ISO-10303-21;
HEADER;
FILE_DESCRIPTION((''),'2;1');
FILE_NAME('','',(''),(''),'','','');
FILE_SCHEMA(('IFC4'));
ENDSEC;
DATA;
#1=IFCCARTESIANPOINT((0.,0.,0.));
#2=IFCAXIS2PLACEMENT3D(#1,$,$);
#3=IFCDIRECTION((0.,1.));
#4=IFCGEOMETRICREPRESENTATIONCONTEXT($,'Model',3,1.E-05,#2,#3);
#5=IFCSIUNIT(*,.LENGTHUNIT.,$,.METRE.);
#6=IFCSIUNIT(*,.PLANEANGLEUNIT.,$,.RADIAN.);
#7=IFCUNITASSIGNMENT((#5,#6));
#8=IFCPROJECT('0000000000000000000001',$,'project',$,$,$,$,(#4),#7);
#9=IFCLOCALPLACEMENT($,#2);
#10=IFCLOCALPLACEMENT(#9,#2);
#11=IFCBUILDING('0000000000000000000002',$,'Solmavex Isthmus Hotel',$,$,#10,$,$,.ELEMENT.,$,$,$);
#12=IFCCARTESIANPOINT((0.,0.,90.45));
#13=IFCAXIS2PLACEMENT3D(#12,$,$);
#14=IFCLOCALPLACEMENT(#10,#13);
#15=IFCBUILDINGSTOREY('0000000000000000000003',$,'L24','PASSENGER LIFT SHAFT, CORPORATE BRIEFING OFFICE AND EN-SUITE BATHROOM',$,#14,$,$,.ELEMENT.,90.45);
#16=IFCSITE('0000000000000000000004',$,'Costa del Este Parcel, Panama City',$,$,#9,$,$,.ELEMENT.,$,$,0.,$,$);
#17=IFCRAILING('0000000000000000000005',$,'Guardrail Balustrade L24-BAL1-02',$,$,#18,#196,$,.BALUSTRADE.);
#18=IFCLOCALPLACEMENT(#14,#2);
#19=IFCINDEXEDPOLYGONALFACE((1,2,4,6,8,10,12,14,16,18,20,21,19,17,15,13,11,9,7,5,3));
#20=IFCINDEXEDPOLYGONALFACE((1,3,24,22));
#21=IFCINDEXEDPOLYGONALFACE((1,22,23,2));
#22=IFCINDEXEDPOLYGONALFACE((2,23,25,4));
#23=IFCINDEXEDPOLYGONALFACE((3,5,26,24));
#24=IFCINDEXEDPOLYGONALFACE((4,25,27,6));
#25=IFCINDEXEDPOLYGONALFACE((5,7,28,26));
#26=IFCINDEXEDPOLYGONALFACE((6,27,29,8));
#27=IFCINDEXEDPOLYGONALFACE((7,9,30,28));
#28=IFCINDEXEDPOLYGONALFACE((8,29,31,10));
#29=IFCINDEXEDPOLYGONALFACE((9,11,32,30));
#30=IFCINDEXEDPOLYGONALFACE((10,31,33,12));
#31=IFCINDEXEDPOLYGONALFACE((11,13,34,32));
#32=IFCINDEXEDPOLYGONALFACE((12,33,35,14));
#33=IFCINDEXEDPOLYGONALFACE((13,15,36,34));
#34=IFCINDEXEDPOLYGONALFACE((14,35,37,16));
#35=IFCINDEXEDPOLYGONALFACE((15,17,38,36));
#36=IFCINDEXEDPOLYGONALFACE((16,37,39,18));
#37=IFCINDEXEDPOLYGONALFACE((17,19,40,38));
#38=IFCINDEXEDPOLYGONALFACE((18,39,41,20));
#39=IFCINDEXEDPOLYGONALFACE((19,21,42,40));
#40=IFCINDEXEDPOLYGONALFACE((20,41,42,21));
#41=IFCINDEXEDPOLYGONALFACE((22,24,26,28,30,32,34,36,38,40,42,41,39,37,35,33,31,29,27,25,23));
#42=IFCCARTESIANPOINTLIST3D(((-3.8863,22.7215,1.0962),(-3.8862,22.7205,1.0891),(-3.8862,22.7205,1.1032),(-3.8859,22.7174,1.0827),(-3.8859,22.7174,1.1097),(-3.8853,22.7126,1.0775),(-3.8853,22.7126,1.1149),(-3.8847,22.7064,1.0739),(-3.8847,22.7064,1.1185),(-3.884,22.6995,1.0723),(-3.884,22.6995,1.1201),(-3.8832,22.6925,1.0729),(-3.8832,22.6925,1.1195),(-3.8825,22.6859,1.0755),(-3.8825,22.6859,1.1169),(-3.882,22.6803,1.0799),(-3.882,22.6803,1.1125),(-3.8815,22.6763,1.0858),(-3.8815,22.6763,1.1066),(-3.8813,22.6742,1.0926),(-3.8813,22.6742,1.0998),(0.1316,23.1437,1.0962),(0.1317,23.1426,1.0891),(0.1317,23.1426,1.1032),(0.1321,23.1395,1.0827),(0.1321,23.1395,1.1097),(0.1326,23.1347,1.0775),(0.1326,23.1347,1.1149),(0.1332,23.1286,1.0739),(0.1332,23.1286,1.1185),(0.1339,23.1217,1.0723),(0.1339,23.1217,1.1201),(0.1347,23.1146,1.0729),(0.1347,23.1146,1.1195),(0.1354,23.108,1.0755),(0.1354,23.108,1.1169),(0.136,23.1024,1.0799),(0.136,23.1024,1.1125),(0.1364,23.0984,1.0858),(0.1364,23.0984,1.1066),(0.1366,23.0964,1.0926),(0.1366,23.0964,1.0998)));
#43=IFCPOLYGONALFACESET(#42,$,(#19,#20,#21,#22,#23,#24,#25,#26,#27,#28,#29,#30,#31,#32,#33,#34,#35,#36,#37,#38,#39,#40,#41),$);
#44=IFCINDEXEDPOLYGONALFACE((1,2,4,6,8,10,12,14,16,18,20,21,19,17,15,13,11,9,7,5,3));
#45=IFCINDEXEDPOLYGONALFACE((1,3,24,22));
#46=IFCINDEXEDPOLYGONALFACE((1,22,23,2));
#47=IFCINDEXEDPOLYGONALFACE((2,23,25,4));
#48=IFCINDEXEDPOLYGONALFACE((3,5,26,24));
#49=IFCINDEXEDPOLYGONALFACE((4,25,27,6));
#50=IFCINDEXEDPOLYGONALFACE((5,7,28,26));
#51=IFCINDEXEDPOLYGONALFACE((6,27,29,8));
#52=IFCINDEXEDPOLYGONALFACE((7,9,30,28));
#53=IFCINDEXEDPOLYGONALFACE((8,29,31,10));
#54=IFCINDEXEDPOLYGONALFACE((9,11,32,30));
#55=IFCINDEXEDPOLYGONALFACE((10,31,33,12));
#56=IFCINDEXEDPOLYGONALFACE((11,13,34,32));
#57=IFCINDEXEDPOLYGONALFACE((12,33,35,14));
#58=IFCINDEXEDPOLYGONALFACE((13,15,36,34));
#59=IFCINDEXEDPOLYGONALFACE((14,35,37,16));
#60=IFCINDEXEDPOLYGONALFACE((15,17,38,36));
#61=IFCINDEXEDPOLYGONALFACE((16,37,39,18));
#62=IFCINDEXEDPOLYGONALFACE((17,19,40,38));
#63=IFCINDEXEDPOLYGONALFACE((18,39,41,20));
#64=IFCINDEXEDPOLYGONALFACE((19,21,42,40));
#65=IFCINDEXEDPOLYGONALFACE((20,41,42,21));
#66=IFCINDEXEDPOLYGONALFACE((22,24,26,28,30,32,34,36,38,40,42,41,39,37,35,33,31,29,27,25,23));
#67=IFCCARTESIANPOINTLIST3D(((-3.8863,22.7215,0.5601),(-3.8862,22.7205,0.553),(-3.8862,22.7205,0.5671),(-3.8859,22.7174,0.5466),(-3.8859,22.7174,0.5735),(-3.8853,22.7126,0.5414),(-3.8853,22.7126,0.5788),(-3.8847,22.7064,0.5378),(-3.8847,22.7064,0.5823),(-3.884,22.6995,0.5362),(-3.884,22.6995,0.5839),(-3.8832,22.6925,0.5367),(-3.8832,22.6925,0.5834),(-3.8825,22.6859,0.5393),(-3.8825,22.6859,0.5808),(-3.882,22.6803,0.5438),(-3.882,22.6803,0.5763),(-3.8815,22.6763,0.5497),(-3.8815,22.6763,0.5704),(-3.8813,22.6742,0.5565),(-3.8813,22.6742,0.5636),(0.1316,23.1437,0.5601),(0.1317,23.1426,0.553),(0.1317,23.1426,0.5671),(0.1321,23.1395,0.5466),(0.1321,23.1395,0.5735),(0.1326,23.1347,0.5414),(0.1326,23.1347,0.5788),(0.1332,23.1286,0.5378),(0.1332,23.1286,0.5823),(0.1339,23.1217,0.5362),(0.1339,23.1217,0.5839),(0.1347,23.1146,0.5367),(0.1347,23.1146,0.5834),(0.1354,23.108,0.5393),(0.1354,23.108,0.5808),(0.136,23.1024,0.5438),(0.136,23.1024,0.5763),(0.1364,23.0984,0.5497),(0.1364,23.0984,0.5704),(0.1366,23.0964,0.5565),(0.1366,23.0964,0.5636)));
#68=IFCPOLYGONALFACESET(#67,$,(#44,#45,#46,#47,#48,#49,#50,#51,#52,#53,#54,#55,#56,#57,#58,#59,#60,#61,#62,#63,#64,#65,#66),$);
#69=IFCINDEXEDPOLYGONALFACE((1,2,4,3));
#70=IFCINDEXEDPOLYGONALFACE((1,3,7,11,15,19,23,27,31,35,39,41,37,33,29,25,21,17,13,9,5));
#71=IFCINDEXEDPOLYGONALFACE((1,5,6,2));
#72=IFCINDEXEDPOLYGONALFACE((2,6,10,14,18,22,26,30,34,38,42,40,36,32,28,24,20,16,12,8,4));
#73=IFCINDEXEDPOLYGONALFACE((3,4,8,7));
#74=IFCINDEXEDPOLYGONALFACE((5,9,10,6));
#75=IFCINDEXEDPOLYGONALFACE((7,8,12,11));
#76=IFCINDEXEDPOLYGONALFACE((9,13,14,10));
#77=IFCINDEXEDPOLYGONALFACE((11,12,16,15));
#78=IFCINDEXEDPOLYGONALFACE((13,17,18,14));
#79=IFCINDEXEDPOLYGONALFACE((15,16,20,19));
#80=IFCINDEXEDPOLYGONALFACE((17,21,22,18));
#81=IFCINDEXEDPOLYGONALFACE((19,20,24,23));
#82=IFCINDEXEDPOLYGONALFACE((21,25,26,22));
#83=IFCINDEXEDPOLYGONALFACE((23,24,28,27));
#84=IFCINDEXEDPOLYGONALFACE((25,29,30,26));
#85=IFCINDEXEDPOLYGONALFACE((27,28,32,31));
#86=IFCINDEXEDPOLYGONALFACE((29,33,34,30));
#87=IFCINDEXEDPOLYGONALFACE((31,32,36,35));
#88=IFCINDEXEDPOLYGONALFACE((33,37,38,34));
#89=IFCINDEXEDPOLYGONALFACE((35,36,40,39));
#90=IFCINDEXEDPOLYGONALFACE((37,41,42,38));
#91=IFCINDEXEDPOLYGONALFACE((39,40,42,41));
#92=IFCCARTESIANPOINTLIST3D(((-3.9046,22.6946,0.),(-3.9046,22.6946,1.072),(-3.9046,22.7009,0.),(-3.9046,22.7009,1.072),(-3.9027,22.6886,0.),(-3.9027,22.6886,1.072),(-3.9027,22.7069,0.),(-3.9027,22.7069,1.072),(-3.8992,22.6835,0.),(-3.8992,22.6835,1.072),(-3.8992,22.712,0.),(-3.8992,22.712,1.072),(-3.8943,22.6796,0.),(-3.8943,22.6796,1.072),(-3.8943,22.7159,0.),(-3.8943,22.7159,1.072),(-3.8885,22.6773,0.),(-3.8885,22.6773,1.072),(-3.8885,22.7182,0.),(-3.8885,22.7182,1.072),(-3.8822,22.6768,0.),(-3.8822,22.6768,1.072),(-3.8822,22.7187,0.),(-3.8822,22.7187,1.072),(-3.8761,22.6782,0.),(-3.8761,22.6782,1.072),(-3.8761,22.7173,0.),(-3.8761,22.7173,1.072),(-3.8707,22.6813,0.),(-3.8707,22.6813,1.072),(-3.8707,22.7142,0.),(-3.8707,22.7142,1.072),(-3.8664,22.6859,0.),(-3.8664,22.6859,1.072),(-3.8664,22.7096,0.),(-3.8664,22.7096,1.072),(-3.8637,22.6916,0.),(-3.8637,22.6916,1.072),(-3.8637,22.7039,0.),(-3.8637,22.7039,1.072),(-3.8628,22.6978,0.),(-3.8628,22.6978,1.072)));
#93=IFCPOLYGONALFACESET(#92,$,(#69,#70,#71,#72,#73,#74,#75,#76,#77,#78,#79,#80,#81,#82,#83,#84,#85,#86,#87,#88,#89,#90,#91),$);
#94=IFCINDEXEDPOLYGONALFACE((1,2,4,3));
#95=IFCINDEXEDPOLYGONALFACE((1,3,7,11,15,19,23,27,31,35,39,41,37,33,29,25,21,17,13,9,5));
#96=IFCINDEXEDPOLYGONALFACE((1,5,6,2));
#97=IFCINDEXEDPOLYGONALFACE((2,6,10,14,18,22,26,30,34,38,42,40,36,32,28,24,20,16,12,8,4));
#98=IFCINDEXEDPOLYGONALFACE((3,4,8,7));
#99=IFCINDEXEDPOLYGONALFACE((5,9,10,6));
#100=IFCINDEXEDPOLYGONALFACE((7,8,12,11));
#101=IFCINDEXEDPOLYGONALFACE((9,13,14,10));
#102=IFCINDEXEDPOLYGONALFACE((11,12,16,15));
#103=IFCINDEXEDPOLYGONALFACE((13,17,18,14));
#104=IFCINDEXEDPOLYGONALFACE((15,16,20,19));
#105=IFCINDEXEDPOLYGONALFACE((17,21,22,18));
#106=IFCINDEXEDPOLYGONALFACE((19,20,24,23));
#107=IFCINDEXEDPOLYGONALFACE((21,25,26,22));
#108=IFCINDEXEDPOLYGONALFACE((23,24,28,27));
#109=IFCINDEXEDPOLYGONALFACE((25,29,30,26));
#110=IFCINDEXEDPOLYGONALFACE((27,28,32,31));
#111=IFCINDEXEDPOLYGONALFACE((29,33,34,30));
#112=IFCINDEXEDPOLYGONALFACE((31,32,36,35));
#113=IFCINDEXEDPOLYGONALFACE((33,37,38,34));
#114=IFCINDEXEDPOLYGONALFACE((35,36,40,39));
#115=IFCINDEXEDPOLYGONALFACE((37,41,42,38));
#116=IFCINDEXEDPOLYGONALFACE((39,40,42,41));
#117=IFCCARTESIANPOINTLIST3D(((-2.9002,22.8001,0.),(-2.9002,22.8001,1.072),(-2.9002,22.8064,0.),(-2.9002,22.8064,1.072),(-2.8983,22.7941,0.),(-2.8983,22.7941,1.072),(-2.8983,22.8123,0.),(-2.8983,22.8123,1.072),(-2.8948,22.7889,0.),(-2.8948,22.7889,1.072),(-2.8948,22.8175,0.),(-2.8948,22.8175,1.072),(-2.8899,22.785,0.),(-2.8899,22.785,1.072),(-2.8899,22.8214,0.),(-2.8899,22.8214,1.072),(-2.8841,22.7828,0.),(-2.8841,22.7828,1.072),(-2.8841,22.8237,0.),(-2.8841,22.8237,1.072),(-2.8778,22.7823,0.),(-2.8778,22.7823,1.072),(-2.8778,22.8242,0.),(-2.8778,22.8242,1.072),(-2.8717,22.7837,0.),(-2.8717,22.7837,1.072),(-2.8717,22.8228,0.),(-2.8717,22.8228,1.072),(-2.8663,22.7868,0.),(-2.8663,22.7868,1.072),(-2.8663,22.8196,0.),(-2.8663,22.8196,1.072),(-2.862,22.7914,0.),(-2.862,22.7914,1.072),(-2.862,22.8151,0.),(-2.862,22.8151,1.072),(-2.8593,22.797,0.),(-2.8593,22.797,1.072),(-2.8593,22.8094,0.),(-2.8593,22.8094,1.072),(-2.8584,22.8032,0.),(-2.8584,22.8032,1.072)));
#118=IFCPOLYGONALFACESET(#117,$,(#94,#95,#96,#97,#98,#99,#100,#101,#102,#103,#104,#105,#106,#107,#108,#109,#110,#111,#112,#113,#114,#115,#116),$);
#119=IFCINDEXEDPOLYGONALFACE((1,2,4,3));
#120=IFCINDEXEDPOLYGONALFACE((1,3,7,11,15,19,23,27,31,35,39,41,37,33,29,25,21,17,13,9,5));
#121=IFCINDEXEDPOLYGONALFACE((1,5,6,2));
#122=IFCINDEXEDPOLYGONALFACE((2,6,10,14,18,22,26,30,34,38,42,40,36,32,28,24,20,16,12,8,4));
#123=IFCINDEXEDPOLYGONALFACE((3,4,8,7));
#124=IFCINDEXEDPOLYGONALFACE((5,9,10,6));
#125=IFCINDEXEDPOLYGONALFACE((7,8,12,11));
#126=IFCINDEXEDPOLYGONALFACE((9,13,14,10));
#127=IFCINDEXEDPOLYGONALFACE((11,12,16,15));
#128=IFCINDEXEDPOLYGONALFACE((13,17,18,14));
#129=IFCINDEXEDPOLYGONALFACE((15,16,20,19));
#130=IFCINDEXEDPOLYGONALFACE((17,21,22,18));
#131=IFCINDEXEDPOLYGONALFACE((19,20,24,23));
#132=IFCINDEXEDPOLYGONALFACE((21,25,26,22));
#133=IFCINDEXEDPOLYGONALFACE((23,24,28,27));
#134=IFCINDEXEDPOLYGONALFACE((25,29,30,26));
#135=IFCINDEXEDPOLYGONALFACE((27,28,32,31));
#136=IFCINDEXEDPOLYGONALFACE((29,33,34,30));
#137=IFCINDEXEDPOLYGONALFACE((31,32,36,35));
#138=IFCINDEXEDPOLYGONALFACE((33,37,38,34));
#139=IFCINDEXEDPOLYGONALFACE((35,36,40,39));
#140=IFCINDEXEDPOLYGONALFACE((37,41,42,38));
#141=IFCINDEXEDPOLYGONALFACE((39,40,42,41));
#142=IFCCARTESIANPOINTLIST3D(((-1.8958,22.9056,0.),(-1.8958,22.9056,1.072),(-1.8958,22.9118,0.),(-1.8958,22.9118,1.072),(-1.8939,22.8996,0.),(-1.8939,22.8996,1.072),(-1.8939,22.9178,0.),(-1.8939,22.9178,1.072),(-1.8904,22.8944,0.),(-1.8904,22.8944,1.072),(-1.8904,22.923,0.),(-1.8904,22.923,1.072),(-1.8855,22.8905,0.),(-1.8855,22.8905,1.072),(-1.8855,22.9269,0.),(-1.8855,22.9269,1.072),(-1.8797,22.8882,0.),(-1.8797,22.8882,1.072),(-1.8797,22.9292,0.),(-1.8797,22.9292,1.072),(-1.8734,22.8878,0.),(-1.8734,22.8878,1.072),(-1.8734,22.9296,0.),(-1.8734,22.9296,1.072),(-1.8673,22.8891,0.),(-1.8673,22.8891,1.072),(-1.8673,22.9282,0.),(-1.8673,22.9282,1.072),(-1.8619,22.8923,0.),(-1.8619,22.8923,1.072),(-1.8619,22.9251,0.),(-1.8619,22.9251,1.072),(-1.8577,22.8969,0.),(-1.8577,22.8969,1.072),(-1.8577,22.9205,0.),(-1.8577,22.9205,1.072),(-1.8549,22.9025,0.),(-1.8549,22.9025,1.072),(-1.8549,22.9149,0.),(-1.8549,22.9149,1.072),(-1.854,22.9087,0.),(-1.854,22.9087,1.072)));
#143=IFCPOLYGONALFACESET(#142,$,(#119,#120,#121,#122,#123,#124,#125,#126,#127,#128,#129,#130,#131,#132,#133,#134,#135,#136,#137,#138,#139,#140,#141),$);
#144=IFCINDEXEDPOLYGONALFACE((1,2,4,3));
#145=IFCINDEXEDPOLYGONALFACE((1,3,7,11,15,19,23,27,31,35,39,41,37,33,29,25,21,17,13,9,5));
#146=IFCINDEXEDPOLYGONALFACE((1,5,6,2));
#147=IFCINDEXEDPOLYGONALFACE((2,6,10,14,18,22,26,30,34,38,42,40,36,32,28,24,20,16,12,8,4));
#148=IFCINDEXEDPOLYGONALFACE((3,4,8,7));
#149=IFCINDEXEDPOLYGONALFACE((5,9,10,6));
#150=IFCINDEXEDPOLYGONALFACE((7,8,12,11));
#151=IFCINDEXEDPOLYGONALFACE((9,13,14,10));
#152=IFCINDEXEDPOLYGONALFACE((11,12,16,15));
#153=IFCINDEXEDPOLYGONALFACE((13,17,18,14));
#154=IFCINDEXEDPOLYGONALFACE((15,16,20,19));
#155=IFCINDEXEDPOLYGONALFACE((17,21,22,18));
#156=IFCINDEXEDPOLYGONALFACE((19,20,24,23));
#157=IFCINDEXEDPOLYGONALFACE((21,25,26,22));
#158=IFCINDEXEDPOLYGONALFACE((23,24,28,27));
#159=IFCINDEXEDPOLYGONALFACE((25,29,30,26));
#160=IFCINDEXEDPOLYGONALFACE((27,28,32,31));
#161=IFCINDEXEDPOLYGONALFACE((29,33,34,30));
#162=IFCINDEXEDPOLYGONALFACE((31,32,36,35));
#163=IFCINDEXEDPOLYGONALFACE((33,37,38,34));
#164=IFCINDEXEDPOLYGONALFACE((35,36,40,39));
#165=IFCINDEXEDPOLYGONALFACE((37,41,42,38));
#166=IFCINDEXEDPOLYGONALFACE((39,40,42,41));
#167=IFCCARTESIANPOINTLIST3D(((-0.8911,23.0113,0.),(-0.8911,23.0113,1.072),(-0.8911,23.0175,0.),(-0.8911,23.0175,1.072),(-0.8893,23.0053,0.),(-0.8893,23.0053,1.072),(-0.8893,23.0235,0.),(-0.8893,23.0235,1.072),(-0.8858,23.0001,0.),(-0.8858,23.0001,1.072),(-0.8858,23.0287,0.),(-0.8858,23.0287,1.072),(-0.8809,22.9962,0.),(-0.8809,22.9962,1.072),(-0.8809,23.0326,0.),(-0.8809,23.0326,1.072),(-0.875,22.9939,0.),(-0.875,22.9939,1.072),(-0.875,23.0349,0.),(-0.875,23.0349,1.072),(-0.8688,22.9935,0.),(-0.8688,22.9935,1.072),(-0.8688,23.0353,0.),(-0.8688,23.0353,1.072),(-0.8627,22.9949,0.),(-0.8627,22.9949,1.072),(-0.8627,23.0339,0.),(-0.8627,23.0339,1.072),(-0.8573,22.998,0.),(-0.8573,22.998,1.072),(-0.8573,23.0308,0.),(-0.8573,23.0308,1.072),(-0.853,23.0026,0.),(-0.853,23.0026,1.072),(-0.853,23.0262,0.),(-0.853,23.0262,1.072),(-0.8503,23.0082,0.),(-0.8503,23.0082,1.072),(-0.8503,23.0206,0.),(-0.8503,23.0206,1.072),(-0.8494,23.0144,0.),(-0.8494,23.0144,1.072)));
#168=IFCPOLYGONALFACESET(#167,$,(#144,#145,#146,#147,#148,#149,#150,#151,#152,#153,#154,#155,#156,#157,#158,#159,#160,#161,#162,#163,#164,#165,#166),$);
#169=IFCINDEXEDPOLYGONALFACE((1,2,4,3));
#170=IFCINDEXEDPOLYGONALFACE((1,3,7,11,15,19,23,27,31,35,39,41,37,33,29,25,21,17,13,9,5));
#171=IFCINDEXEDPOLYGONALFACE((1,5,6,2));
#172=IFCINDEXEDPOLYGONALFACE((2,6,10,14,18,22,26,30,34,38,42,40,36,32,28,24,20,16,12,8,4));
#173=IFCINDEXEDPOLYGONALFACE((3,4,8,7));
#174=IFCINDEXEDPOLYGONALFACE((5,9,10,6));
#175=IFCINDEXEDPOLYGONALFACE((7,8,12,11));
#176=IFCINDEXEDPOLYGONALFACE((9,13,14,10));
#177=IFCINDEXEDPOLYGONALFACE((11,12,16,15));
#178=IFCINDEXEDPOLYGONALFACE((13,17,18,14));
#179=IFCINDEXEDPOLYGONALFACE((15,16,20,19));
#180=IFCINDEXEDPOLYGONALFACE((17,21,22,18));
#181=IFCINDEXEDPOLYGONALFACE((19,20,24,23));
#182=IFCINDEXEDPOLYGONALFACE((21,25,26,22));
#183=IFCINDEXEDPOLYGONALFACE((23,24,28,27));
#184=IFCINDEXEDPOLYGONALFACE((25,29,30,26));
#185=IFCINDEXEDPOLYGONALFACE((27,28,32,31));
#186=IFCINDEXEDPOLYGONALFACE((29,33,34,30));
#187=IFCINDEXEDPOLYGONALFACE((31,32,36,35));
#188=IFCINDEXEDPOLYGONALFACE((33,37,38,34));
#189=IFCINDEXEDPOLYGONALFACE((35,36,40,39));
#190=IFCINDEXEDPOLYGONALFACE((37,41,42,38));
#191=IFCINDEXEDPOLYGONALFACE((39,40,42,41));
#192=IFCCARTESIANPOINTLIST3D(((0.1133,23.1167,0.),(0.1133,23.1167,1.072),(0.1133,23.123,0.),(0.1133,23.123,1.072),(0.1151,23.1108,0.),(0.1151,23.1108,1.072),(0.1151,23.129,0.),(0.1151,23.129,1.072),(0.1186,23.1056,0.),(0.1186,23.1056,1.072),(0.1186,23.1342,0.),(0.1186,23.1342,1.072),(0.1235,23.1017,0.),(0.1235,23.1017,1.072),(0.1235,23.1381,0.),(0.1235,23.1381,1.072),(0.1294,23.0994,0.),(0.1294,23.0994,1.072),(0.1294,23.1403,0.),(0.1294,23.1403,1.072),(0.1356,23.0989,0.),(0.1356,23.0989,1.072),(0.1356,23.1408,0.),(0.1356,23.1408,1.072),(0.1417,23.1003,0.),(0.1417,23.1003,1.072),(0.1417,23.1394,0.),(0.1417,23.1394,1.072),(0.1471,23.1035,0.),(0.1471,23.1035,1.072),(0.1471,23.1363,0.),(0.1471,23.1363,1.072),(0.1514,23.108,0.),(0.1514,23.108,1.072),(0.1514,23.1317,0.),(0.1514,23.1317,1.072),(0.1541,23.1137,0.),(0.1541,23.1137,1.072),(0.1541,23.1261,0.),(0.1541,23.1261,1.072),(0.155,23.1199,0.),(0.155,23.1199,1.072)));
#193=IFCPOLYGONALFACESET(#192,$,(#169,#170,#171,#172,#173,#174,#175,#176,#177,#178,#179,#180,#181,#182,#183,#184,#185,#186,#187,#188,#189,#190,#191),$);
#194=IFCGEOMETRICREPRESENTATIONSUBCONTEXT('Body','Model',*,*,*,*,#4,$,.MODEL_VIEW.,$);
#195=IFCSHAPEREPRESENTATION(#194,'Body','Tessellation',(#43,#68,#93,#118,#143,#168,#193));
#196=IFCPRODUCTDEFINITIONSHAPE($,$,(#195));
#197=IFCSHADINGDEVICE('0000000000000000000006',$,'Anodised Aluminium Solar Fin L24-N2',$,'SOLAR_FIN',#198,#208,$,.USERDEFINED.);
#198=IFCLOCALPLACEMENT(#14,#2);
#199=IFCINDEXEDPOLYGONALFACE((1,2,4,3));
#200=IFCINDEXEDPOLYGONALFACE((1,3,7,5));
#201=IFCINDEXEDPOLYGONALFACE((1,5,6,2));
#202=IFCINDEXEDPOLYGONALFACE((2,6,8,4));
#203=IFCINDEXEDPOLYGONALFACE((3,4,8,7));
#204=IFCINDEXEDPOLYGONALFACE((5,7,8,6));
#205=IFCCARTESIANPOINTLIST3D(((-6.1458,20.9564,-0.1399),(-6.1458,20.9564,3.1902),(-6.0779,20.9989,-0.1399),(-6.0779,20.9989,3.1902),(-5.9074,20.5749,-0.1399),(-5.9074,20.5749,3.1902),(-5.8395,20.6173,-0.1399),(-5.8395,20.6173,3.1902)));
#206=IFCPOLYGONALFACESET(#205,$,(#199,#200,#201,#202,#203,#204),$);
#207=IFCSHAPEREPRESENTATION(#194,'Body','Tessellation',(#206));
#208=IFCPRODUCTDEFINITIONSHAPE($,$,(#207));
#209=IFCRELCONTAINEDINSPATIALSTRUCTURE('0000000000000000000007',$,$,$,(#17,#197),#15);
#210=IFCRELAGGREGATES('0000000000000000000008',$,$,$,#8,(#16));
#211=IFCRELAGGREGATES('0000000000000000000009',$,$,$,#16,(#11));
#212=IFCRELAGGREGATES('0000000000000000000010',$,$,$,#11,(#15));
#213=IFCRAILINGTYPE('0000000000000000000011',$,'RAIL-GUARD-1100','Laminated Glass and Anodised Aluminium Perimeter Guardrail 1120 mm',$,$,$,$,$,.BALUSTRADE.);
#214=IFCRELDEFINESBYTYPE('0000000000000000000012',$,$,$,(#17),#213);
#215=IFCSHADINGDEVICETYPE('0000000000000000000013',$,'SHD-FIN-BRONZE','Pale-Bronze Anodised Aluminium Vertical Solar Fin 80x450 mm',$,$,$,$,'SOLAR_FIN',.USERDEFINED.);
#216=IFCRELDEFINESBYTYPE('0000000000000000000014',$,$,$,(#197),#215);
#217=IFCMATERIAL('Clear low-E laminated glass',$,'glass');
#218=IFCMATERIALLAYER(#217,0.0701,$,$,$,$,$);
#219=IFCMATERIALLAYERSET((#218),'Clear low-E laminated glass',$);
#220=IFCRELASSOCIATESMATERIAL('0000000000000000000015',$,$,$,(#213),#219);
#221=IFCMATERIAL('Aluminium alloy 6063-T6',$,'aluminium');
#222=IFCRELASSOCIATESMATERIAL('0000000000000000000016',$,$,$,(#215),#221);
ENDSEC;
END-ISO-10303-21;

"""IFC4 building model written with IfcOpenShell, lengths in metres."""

from ifc_helpers import new_model, si_unit, direction, frame, origin, origin_2d, place, context, subcontext, project, spatial, rectangle, circle, extrude, material, layer, layer_set, type_object, element, save


model = new_model("IFC4")

# Units and contexts
model_context = context("Model", 3, precision=1e-05, world=origin(), true_north=direction((0.0, 1.0)))
body_context = subcontext(model_context, "Body", "Model", "MODEL_VIEW")
ifc_project = project(units=[si_unit("LENGTHUNIT", "METRE"), si_unit("PLANEANGLEUNIT", "RADIAN")], contexts=[model_context])

# Site, building, storey
site_placement = place(None, origin())
site = spatial("IfcSite", under=ifc_project, at=site_placement, Name="Costa del Este Parcel, Panama City", CompositionType="ELEMENT", RefElevation=0.0)
building_placement = place(site_placement, origin())
building = spatial("IfcBuilding", under=site, at=building_placement, Name="Solmavex Isthmus Hotel", CompositionType="ELEMENT")
storey_placement = place(building_placement, frame((0.0, 0.0, 90.45)))
storey = spatial("IfcBuildingStorey", under=building, at=storey_placement, Name="L24", Description="PASSENGER LIFT SHAFT, CORPORATE BRIEFING OFFICE AND EN-SUITE BATHROOM", CompositionType="ELEMENT", Elevation=90.45)

# Shared definitions
ifc_material_1 = material(Name="Aluminium alloy 6063-T6", Category="aluminium")

# Shared definitions
ifc_material_2 = material(Name="Clear low-E laminated glass", Category="glass")

# Railing
ifc_layer_1 = layer(ifc_material_2, 0.0701)
ifc_layer_set_1 = layer_set([ifc_layer_1], Name="Clear low-E laminated glass")
railing_type = type_object("IfcRailingType", Name="RAIL-GUARD-1100", Description="Laminated Glass and Anodised Aluminium Perimeter Guardrail 1120 mm", PredefinedType="BALUSTRADE", material=ifc_layer_set_1)
railing_1_placement = place(storey_placement, frame((-3.8838, 22.6978, 0.0)))
element("IfcRailing", 1, at=railing_1_placement, inside=storey, type_object=railing_type, Name="Guardrail Balustrade L24-BAL1-02", PredefinedType="BALUSTRADE", context=body_context, shape_type="SweptSolid", body=[
    extrude(circle(Radius=0.0239, at=origin_2d()), frame((0.0, 0.0, 1.0962), z_axis=(0.994526, 0.104487, 0.0), x_axis=(-0.104487, 0.994526, 0.0)), (0.0, 0.0, 1.0), 4.04),
    extrude(circle(Radius=0.0239, at=origin_2d()), frame((0.0, 0.0, 0.5601), z_axis=(0.994526, 0.104487, 0.0), x_axis=(-0.104487, 0.994526, 0.0)), (0.0, 0.0, 1.0), 4.04),
    extrude(circle(Radius=0.021, at=origin_2d()), origin(), (0.0, 0.0, 1.0), 1.072),
    extrude(circle(Radius=0.021, at=origin_2d()), frame((1.0044, 0.1055, 0.0)), (0.0, 0.0, 1.0), 1.072),
    extrude(circle(Radius=0.021, at=origin_2d()), frame((2.0088, 0.2109, 0.0)), (0.0, 0.0, 1.0), 1.072),
    extrude(circle(Radius=0.021, at=origin_2d()), frame((3.0134, 0.3167, 0.0)), (0.0, 0.0, 1.0), 1.072),
    extrude(circle(Radius=0.021, at=origin_2d()), frame((4.0178, 0.4221, 0.0)), (0.0, 0.0, 1.0), 1.072),
])

# Shading device
shading_device_type = type_object("IfcShadingDeviceType", Name="SHD-FIN-BRONZE", Description="Pale-Bronze Anodised Aluminium Vertical Solar Fin 80x450 mm", ElementType="SOLAR_FIN", PredefinedType="USERDEFINED", material=ifc_material_1)
shading_device_placement = place(storey_placement, frame((-5.9927, 20.7869, -0.1399), z_axis=(0.0, 0.0, 1.0), x_axis=(-0.529919, 0.848048, 0.0)))
element("IfcShadingDevice", 2, at=shading_device_placement, inside=storey, type_object=shading_device_type, Name="Anodised Aluminium Solar Fin L24-N2", ObjectType="SOLAR_FIN", PredefinedType="USERDEFINED", context=body_context, shape_type="SweptSolid", body=[
    extrude(rectangle(XDim=0.45, YDim=0.0801, at=origin_2d()), origin(), (0.0, 0.0, 1.0), 3.3301),
])

save(model, "model.ifc")
